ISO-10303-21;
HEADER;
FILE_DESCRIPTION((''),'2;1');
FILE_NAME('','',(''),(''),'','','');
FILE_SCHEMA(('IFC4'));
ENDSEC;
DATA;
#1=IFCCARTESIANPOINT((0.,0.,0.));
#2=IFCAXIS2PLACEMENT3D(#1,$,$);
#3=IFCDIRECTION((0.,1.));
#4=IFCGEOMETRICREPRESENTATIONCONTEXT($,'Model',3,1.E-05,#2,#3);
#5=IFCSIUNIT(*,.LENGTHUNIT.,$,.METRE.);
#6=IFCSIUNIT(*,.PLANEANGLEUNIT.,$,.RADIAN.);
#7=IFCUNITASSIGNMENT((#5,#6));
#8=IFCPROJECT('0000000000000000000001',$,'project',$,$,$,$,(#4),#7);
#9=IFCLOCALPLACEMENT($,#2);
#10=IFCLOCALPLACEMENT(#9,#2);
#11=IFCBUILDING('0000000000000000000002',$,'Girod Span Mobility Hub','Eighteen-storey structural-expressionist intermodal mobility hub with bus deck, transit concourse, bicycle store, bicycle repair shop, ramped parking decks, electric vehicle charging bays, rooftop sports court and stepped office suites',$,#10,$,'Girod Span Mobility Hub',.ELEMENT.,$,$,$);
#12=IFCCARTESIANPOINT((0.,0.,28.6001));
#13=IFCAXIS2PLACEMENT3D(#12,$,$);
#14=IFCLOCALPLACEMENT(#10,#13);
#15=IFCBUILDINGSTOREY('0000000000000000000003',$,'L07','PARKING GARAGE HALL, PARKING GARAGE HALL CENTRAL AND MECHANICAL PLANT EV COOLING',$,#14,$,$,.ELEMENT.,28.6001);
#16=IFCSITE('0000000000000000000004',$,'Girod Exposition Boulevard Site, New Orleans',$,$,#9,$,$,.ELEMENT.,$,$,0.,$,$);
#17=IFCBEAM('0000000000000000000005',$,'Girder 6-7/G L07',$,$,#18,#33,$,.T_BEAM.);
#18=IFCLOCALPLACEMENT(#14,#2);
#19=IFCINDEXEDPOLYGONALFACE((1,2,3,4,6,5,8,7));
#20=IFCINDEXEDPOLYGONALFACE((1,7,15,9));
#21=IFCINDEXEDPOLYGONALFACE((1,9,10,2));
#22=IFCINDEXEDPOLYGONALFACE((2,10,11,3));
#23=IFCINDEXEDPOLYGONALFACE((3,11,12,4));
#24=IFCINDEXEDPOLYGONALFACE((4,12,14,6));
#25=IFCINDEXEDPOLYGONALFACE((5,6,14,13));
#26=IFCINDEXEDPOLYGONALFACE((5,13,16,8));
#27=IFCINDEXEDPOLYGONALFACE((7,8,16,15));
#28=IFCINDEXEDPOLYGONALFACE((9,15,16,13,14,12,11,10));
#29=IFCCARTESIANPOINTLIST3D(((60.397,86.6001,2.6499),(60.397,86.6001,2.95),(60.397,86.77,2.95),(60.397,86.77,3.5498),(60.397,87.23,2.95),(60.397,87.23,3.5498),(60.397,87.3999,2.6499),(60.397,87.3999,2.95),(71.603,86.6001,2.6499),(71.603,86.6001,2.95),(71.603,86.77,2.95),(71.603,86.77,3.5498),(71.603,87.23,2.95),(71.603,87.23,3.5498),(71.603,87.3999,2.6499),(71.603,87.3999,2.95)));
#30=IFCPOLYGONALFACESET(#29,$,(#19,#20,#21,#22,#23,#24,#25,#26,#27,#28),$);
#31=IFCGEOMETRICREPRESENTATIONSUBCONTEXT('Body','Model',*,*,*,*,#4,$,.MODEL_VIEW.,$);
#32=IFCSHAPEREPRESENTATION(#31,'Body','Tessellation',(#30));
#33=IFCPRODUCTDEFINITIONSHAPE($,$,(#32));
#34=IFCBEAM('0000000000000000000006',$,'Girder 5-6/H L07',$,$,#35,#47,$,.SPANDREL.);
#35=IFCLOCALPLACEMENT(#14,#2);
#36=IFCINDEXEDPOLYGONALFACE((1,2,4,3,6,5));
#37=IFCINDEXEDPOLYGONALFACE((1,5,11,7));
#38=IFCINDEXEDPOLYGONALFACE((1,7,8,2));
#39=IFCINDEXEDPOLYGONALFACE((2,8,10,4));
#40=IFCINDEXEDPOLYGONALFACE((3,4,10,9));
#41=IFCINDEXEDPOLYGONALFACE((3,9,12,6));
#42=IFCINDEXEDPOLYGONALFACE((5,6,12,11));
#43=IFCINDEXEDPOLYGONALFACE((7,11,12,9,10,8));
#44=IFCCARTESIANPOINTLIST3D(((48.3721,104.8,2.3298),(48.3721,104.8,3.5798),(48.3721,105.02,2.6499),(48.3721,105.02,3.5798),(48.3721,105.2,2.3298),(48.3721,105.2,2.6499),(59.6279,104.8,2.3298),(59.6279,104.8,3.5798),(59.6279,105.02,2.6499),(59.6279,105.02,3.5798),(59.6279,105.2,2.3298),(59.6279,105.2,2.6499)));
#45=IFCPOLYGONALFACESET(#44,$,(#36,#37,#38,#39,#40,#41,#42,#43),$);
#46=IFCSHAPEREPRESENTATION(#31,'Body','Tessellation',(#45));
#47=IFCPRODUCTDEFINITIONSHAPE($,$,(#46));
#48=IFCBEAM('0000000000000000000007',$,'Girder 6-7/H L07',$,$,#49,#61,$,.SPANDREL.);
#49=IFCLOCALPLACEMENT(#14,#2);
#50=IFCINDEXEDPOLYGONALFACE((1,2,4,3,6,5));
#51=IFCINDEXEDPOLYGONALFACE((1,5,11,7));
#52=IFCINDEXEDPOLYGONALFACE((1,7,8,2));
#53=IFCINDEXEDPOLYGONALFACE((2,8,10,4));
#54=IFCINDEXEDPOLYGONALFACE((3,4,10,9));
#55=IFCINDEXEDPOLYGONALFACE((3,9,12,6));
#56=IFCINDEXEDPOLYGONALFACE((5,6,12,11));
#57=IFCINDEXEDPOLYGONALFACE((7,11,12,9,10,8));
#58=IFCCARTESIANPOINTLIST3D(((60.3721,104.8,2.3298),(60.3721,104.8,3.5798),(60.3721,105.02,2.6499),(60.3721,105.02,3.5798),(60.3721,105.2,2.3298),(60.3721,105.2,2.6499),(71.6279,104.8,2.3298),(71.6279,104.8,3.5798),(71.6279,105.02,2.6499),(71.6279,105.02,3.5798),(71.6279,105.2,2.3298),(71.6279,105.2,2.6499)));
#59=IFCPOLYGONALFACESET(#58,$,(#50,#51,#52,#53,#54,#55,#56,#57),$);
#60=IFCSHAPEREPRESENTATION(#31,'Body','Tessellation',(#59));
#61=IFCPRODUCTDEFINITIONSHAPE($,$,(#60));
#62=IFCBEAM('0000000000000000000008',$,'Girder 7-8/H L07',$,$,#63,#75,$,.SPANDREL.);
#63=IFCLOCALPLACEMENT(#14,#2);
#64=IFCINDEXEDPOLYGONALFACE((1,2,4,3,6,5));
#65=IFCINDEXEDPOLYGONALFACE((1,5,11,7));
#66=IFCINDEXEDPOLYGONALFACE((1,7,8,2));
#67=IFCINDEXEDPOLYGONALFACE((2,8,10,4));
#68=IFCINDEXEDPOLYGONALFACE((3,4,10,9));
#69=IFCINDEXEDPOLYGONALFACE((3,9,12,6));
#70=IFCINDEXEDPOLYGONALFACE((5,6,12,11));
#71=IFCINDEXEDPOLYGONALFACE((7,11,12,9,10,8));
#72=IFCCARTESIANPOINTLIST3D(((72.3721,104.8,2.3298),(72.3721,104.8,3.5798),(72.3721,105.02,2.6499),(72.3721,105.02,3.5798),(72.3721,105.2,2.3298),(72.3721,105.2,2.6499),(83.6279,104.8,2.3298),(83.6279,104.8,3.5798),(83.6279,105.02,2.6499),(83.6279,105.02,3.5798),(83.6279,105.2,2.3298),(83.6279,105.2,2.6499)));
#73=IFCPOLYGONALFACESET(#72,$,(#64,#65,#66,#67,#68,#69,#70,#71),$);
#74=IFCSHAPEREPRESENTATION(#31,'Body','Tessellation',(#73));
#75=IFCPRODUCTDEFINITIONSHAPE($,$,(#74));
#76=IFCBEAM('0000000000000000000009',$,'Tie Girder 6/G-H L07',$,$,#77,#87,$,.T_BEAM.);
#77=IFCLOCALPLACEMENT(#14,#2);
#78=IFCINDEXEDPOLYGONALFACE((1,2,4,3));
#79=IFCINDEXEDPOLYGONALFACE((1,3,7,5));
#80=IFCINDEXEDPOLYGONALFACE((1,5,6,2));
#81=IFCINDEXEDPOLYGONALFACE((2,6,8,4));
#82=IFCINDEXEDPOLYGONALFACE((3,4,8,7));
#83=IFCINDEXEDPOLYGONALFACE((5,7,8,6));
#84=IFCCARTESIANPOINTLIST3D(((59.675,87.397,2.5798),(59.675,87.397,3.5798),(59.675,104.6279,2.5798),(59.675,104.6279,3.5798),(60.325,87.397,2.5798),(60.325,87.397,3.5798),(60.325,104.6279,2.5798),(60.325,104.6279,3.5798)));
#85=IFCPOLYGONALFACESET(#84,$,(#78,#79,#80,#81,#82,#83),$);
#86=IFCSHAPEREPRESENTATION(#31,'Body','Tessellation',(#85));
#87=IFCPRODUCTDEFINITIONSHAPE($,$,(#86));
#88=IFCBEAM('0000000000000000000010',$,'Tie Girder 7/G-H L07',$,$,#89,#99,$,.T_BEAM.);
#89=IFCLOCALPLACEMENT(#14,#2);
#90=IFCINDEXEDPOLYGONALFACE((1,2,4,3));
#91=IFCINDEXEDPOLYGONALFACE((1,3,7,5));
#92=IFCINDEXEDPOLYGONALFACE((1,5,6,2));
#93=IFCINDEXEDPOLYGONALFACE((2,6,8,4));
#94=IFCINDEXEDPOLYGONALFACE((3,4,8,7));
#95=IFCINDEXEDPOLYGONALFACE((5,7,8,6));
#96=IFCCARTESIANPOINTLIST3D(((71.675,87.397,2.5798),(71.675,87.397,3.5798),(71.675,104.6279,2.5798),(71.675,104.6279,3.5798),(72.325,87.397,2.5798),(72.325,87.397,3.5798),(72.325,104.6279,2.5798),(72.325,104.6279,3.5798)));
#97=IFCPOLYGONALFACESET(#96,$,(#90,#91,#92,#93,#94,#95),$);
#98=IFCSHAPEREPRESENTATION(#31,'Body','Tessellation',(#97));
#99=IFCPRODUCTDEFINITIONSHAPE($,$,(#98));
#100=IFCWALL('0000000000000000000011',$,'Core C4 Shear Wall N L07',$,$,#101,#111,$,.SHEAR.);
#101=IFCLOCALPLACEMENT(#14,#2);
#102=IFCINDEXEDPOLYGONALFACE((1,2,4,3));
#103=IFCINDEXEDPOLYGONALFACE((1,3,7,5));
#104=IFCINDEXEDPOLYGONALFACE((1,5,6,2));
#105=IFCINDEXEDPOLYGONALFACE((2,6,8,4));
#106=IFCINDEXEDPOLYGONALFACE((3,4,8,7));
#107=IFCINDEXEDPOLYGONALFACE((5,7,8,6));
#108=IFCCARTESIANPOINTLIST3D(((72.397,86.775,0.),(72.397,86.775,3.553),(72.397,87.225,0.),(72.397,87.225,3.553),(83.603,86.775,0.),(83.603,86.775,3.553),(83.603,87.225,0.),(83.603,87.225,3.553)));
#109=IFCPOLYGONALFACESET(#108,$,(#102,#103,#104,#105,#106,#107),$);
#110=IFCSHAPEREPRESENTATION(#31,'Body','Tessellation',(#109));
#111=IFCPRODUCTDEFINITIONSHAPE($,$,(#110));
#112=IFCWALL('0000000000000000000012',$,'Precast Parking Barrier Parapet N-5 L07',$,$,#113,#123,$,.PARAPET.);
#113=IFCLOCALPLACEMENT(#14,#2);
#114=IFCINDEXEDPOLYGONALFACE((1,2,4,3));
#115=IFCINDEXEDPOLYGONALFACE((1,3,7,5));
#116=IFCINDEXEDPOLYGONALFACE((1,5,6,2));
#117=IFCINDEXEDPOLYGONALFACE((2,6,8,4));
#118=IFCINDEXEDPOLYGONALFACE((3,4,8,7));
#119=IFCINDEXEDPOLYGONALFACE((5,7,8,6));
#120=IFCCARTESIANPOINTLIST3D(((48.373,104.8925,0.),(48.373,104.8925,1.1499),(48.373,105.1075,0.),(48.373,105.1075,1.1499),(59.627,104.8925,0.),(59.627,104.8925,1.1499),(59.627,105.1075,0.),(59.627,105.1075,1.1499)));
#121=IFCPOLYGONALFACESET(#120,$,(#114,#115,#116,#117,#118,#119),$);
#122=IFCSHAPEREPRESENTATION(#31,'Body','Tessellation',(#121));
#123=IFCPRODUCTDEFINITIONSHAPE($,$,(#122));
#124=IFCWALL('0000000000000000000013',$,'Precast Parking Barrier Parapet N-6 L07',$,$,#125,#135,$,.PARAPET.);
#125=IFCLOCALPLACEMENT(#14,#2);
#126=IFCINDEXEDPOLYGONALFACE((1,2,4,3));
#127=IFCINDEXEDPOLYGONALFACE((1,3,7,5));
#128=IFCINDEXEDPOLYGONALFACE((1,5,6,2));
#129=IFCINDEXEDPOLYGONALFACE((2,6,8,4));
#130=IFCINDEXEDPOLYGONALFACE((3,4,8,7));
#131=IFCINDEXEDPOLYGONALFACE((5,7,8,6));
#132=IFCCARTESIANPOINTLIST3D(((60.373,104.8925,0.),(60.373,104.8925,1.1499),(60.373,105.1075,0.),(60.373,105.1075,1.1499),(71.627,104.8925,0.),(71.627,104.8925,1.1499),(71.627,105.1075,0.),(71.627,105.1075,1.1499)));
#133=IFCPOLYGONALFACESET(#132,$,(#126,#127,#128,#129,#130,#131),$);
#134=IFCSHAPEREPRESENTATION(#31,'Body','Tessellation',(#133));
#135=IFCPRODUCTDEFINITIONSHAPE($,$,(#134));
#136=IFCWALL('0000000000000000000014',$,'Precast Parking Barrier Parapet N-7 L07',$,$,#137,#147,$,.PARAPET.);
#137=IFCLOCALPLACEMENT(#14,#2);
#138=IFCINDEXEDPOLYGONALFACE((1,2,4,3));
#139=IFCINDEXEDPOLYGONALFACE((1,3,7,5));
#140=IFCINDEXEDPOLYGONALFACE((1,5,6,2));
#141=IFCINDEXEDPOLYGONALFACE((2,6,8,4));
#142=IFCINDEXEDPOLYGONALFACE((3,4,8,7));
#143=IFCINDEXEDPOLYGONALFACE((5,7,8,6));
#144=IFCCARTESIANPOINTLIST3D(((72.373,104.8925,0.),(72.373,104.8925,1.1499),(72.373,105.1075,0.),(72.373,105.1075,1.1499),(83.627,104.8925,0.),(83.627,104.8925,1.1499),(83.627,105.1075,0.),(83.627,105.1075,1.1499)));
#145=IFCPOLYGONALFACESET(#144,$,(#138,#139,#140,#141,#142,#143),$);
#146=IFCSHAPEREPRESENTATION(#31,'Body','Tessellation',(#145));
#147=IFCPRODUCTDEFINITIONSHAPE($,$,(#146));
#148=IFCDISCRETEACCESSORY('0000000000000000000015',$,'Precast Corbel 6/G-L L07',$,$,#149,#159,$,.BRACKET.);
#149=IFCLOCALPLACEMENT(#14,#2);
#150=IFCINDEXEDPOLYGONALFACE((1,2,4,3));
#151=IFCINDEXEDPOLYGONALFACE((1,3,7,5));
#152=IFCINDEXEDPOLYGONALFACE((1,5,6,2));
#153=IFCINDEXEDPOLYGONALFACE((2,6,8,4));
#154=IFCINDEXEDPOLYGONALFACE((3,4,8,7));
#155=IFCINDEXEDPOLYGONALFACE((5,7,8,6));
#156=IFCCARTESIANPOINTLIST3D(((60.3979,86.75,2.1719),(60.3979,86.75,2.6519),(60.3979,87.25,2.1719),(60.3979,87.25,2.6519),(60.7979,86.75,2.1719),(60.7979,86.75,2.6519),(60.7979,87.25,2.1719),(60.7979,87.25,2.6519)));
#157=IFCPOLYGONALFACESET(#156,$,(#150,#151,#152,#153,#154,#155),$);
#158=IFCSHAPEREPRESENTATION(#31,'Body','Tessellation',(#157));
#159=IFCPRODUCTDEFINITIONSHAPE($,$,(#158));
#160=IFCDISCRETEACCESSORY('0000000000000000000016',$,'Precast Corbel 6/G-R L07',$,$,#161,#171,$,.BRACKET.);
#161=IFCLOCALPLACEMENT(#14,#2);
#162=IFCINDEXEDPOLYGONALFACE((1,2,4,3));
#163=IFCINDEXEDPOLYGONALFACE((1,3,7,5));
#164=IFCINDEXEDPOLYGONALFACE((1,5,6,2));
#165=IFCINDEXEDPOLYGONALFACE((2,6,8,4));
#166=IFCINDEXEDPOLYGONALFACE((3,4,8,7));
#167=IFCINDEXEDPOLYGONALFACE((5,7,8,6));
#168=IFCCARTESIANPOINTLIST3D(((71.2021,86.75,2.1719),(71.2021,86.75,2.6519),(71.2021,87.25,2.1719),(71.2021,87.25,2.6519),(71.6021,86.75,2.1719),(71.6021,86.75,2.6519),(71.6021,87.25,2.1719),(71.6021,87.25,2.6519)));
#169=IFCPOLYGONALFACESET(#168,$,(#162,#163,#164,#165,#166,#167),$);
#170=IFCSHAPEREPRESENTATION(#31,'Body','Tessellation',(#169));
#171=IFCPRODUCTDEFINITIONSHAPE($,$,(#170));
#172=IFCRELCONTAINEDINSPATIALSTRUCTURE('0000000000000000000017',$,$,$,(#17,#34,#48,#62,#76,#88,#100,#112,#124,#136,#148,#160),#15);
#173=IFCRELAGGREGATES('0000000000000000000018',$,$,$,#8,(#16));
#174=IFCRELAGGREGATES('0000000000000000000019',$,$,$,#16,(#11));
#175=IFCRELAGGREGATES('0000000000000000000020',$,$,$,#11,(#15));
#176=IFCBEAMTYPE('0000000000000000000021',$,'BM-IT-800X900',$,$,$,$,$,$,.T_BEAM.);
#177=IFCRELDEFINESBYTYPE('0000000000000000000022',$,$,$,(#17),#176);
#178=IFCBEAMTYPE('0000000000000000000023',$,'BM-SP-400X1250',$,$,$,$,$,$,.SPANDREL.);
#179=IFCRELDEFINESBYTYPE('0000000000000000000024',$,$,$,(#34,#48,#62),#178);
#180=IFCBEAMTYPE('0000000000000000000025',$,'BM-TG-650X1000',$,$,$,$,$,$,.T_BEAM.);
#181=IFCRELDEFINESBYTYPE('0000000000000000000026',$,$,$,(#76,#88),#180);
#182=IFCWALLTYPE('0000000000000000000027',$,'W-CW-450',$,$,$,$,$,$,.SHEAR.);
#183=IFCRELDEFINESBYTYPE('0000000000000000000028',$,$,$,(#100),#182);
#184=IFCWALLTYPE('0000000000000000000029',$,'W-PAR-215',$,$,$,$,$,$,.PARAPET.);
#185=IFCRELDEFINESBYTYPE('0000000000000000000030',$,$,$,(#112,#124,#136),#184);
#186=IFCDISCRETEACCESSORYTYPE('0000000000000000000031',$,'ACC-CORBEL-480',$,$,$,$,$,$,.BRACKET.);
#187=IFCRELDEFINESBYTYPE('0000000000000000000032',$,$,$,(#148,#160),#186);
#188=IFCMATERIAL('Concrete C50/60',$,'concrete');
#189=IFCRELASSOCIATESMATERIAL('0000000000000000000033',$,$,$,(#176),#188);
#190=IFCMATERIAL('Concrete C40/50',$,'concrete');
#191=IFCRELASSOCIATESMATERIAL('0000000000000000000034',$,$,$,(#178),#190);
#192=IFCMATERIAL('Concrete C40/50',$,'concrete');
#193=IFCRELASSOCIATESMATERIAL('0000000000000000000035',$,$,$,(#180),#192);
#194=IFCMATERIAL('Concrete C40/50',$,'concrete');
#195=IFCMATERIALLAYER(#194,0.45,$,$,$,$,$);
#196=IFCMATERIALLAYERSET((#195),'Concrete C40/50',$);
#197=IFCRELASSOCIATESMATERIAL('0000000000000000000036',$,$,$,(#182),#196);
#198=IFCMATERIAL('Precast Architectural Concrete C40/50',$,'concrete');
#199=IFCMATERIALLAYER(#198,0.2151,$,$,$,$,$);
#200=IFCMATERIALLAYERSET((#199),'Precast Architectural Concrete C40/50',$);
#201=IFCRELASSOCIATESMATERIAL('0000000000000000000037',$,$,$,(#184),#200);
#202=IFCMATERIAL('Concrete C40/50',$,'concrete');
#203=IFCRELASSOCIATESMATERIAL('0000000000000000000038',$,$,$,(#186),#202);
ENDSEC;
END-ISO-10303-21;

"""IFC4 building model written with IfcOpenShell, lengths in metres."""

from ifc_helpers import new_model, si_unit, direction, frame, frame_2d, origin, origin_2d, place, context, subcontext, project, spatial, polyline, rectangle, outline, extrude, material, layer, layer_set, material_profile, profile_set, type_object, element, save


model = new_model("IFC4")

# Units and contexts
model_context = context("Model", 3, precision=1e-05, world=origin(), true_north=direction((0.0, 1.0)))
body_context = subcontext(model_context, "Body", "Model", "MODEL_VIEW")
ifc_project = project(units=[si_unit("LENGTHUNIT", "METRE"), si_unit("PLANEANGLEUNIT", "RADIAN")], contexts=[model_context])

# Site, building, storey
site_placement = place(None, origin())
site = spatial("IfcSite", under=ifc_project, at=site_placement, Name="Girod Exposition Boulevard Site, New Orleans", CompositionType="ELEMENT", RefElevation=0.0)
building_placement = place(site_placement, origin())
building = spatial("IfcBuilding", under=site, at=building_placement, Name="Girod Span Mobility Hub", Description="Eighteen-storey structural-expressionist intermodal mobility hub with bus deck, transit concourse, bicycle store, bicycle repair shop, ramped parking decks, electric vehicle charging bays, rooftop sports court and stepped office suites", LongName="Girod Span Mobility Hub", CompositionType="ELEMENT")
storey_placement = place(building_placement, frame((0.0, 0.0, 28.6001)))
storey = spatial("IfcBuildingStorey", under=building, at=storey_placement, Name="L07", Description="PARKING GARAGE HALL, PARKING GARAGE HALL CENTRAL AND MECHANICAL PLANT EV COOLING", CompositionType="ELEMENT", Elevation=28.6001)

# Beams
ifc_material_1 = material(Name="Concrete C50/60", Category="concrete")
ifc_material_profile_1 = material_profile(ifc_material_1, outline(polyline([(-0.3999, -0.45), (0.3999, -0.45), (0.3999, -0.1499), (0.23, -0.1499), (0.23, 0.45), (-0.23, 0.45), (-0.23, -0.1499), (-0.3999, -0.1499), (-0.3999, -0.45)])), Name="IT-800X900")
ifc_profile_set_1 = profile_set([ifc_material_profile_1], Name="Concrete C50/60")
beam_type_1 = type_object("IfcBeamType", Name="BM-IT-800X900", PredefinedType="T_BEAM", material=ifc_profile_set_1)
beam_1_placement = place(storey_placement, frame((60.397, 87.0, 3.0999), z_axis=(1.0, 0.0, 0.0), x_axis=(0.0, 1.0, 0.0)))
element("IfcBeam", 1, at=beam_1_placement, inside=storey, type_object=beam_type_1, Name="Girder 6-7/G L07", PredefinedType="T_BEAM", context=body_context, shape_type="SweptSolid", body=[
    extrude(outline(polyline([(-0.3999, -0.45), (0.3999, -0.45), (0.3999, -0.1499), (0.23, -0.1499), (0.23, 0.45), (-0.23, 0.45), (-0.23, -0.1499), (-0.3999, -0.1499), (-0.3999, -0.45)])), origin(), (0.0, 0.0, 1.0), 11.2061),
])
ifc_material_2 = material(Name="Concrete C40/50", Category="concrete")
ifc_material_profile_2 = material_profile(ifc_material_2, outline(polyline([(-0.2, -0.625), (0.2, -0.625), (0.2, -0.3049), (0.02, -0.3049), (0.02, 0.625), (-0.2, 0.625), (-0.2, -0.625)])), Name="SP-400X1250")
ifc_profile_set_2 = profile_set([ifc_material_profile_2], Name="Concrete C40/50")
beam_type_2 = type_object("IfcBeamType", Name="BM-SP-400X1250", PredefinedType="SPANDREL", material=ifc_profile_set_2)
for number, where, z_axis, x_axis, name in (
    (2, (48.3721, 105.0, 2.9548), (1.0, 0.0, 0.0), (0.0, 1.0, 0.0), "Girder 5-6/H L07"),
    (3, (60.3721, 105.0, 2.9548), (1.0, 0.0, 0.0), (0.0, 1.0, 0.0), "Girder 6-7/H L07"),
    (4, (72.3721, 105.0, 2.9548), (1.0, 0.0, 0.0), (0.0, 1.0, 0.0), "Girder 7-8/H L07"),
):
    element("IfcBeam", number, at=place(storey_placement, frame(where, z_axis=z_axis, x_axis=x_axis)), inside=storey, type_object=beam_type_2, Name=name, PredefinedType="SPANDREL", context=body_context, shape_type="SweptSolid", body=[
        extrude(outline(polyline([(-0.2, -0.625), (0.2, -0.625), (0.2, -0.3049), (0.02, -0.3049), (0.02, 0.625), (-0.2, 0.625), (-0.2, -0.625)])), origin(), (0.0, 0.0, 1.0), 11.2559),
    ])
ifc_material_3 = material(Name="Concrete C40/50", Category="concrete")
ifc_material_profile_3 = material_profile(ifc_material_3, rectangle(XDim=0.6499, YDim=1.0, at=origin_2d()), Name="TG-650X1000")
ifc_profile_set_3 = profile_set([ifc_material_profile_3], Name="Concrete C40/50")
beam_type_3 = type_object("IfcBeamType", Name="BM-TG-650X1000", PredefinedType="T_BEAM", material=ifc_profile_set_3)
for number, where, z_axis, x_axis, name in (
    (5, (60.0, 87.397, 3.0798), (0.0, 1.0, 0.0), (-1.0, 0.0, 0.0), "Tie Girder 6/G-H L07"),
    (6, (72.0, 87.397, 3.0798), (0.0, 1.0, 0.0), (-1.0, 0.0, 0.0), "Tie Girder 7/G-H L07"),
):
    element("IfcBeam", number, at=place(storey_placement, frame(where, z_axis=z_axis, x_axis=x_axis)), inside=storey, type_object=beam_type_3, Name=name, PredefinedType="T_BEAM", context=body_context, shape_type="SweptSolid", body=[
        extrude(rectangle(XDim=0.6499, YDim=1.0, at=origin_2d()), origin(), (0.0, 0.0, 1.0), 17.231),
    ])

# Walls
ifc_material_4 = material(Name="Concrete C40/50", Category="concrete")
ifc_layer_1 = layer(ifc_material_4, 0.45)
ifc_layer_set_1 = layer_set([ifc_layer_1], Name="Concrete C40/50")
wall_type_1 = type_object("IfcWallType", Name="W-CW-450", PredefinedType="SHEAR", material=ifc_layer_set_1)
wall_placement = place(storey_placement, frame((72.397, 87.0, 0.0), z_axis=(0.0, 0.0, 1.0), x_axis=(1.0, 0.0, 0.0)))
element("IfcWall", 7, at=wall_placement, inside=storey, type_object=wall_type_1, Name="Core C4 Shear Wall N L07", PredefinedType="SHEAR", context=body_context, shape_type="SweptSolid", body=[
    extrude(rectangle(XDim=11.2061, YDim=0.45, at=frame_2d((5.603, 0.0))), origin(), (0.0, 0.0, 1.0), 3.553),
])
ifc_material_5 = material(Name="Precast Architectural Concrete C40/50", Category="concrete")
ifc_layer_2 = layer(ifc_material_5, 0.2151)
ifc_layer_set_2 = layer_set([ifc_layer_2], Name="Precast Architectural Concrete C40/50")
wall_type_2 = type_object("IfcWallType", Name="W-PAR-215", PredefinedType="PARAPET", material=ifc_layer_set_2)
for number, where, z_axis, x_axis, name in (
    (8, (48.373, 105.0, 0.0), (0.0, 0.0, 1.0), (1.0, 0.0, 0.0), "Precast Parking Barrier Parapet N-5 L07"),
    (9, (60.373, 105.0, 0.0), (0.0, 0.0, 1.0), (1.0, 0.0, 0.0), "Precast Parking Barrier Parapet N-6 L07"),
    (10, (72.373, 105.0, 0.0), (0.0, 0.0, 1.0), (1.0, 0.0, 0.0), "Precast Parking Barrier Parapet N-7 L07"),
):
    element("IfcWall", number, at=place(storey_placement, frame(where, z_axis=z_axis, x_axis=x_axis)), inside=storey, type_object=wall_type_2, Name=name, PredefinedType="PARAPET", context=body_context, shape_type="SweptSolid", body=[
        extrude(rectangle(XDim=11.2539, YDim=0.2151, at=frame_2d((5.627, 0.0))), origin(), (0.0, 0.0, 1.0), 1.1499),
    ])

# Discrete accessories
ifc_material_6 = material(Name="Concrete C40/50", Category="concrete")
discrete_accessory_type = type_object("IfcDiscreteAccessoryType", Name="ACC-CORBEL-480", PredefinedType="BRACKET", material=ifc_material_6)
for number, where, z_axis, x_axis, name in (
    (11, (60.5979, 87.0, 2.1719), (0.0, 0.0, 1.0), (1.0, 0.0, 0.0), "Precast Corbel 6/G-L L07"),
    (12, (71.4021, 87.0, 2.1719), (0.0, 0.0, 1.0), (1.0, 0.0, 0.0), "Precast Corbel 6/G-R L07"),
):
    element("IfcDiscreteAccessory", number, at=place(storey_placement, frame(where, z_axis=z_axis, x_axis=x_axis)), inside=storey, type_object=discrete_accessory_type, Name=name, PredefinedType="BRACKET", context=body_context, shape_type="SweptSolid", body=[
        extrude(rectangle(XDim=0.3999, YDim=0.5, at=origin_2d()), origin(), (0.0, 0.0, 1.0), 0.48),
    ])

save(model, "model.ifc")
